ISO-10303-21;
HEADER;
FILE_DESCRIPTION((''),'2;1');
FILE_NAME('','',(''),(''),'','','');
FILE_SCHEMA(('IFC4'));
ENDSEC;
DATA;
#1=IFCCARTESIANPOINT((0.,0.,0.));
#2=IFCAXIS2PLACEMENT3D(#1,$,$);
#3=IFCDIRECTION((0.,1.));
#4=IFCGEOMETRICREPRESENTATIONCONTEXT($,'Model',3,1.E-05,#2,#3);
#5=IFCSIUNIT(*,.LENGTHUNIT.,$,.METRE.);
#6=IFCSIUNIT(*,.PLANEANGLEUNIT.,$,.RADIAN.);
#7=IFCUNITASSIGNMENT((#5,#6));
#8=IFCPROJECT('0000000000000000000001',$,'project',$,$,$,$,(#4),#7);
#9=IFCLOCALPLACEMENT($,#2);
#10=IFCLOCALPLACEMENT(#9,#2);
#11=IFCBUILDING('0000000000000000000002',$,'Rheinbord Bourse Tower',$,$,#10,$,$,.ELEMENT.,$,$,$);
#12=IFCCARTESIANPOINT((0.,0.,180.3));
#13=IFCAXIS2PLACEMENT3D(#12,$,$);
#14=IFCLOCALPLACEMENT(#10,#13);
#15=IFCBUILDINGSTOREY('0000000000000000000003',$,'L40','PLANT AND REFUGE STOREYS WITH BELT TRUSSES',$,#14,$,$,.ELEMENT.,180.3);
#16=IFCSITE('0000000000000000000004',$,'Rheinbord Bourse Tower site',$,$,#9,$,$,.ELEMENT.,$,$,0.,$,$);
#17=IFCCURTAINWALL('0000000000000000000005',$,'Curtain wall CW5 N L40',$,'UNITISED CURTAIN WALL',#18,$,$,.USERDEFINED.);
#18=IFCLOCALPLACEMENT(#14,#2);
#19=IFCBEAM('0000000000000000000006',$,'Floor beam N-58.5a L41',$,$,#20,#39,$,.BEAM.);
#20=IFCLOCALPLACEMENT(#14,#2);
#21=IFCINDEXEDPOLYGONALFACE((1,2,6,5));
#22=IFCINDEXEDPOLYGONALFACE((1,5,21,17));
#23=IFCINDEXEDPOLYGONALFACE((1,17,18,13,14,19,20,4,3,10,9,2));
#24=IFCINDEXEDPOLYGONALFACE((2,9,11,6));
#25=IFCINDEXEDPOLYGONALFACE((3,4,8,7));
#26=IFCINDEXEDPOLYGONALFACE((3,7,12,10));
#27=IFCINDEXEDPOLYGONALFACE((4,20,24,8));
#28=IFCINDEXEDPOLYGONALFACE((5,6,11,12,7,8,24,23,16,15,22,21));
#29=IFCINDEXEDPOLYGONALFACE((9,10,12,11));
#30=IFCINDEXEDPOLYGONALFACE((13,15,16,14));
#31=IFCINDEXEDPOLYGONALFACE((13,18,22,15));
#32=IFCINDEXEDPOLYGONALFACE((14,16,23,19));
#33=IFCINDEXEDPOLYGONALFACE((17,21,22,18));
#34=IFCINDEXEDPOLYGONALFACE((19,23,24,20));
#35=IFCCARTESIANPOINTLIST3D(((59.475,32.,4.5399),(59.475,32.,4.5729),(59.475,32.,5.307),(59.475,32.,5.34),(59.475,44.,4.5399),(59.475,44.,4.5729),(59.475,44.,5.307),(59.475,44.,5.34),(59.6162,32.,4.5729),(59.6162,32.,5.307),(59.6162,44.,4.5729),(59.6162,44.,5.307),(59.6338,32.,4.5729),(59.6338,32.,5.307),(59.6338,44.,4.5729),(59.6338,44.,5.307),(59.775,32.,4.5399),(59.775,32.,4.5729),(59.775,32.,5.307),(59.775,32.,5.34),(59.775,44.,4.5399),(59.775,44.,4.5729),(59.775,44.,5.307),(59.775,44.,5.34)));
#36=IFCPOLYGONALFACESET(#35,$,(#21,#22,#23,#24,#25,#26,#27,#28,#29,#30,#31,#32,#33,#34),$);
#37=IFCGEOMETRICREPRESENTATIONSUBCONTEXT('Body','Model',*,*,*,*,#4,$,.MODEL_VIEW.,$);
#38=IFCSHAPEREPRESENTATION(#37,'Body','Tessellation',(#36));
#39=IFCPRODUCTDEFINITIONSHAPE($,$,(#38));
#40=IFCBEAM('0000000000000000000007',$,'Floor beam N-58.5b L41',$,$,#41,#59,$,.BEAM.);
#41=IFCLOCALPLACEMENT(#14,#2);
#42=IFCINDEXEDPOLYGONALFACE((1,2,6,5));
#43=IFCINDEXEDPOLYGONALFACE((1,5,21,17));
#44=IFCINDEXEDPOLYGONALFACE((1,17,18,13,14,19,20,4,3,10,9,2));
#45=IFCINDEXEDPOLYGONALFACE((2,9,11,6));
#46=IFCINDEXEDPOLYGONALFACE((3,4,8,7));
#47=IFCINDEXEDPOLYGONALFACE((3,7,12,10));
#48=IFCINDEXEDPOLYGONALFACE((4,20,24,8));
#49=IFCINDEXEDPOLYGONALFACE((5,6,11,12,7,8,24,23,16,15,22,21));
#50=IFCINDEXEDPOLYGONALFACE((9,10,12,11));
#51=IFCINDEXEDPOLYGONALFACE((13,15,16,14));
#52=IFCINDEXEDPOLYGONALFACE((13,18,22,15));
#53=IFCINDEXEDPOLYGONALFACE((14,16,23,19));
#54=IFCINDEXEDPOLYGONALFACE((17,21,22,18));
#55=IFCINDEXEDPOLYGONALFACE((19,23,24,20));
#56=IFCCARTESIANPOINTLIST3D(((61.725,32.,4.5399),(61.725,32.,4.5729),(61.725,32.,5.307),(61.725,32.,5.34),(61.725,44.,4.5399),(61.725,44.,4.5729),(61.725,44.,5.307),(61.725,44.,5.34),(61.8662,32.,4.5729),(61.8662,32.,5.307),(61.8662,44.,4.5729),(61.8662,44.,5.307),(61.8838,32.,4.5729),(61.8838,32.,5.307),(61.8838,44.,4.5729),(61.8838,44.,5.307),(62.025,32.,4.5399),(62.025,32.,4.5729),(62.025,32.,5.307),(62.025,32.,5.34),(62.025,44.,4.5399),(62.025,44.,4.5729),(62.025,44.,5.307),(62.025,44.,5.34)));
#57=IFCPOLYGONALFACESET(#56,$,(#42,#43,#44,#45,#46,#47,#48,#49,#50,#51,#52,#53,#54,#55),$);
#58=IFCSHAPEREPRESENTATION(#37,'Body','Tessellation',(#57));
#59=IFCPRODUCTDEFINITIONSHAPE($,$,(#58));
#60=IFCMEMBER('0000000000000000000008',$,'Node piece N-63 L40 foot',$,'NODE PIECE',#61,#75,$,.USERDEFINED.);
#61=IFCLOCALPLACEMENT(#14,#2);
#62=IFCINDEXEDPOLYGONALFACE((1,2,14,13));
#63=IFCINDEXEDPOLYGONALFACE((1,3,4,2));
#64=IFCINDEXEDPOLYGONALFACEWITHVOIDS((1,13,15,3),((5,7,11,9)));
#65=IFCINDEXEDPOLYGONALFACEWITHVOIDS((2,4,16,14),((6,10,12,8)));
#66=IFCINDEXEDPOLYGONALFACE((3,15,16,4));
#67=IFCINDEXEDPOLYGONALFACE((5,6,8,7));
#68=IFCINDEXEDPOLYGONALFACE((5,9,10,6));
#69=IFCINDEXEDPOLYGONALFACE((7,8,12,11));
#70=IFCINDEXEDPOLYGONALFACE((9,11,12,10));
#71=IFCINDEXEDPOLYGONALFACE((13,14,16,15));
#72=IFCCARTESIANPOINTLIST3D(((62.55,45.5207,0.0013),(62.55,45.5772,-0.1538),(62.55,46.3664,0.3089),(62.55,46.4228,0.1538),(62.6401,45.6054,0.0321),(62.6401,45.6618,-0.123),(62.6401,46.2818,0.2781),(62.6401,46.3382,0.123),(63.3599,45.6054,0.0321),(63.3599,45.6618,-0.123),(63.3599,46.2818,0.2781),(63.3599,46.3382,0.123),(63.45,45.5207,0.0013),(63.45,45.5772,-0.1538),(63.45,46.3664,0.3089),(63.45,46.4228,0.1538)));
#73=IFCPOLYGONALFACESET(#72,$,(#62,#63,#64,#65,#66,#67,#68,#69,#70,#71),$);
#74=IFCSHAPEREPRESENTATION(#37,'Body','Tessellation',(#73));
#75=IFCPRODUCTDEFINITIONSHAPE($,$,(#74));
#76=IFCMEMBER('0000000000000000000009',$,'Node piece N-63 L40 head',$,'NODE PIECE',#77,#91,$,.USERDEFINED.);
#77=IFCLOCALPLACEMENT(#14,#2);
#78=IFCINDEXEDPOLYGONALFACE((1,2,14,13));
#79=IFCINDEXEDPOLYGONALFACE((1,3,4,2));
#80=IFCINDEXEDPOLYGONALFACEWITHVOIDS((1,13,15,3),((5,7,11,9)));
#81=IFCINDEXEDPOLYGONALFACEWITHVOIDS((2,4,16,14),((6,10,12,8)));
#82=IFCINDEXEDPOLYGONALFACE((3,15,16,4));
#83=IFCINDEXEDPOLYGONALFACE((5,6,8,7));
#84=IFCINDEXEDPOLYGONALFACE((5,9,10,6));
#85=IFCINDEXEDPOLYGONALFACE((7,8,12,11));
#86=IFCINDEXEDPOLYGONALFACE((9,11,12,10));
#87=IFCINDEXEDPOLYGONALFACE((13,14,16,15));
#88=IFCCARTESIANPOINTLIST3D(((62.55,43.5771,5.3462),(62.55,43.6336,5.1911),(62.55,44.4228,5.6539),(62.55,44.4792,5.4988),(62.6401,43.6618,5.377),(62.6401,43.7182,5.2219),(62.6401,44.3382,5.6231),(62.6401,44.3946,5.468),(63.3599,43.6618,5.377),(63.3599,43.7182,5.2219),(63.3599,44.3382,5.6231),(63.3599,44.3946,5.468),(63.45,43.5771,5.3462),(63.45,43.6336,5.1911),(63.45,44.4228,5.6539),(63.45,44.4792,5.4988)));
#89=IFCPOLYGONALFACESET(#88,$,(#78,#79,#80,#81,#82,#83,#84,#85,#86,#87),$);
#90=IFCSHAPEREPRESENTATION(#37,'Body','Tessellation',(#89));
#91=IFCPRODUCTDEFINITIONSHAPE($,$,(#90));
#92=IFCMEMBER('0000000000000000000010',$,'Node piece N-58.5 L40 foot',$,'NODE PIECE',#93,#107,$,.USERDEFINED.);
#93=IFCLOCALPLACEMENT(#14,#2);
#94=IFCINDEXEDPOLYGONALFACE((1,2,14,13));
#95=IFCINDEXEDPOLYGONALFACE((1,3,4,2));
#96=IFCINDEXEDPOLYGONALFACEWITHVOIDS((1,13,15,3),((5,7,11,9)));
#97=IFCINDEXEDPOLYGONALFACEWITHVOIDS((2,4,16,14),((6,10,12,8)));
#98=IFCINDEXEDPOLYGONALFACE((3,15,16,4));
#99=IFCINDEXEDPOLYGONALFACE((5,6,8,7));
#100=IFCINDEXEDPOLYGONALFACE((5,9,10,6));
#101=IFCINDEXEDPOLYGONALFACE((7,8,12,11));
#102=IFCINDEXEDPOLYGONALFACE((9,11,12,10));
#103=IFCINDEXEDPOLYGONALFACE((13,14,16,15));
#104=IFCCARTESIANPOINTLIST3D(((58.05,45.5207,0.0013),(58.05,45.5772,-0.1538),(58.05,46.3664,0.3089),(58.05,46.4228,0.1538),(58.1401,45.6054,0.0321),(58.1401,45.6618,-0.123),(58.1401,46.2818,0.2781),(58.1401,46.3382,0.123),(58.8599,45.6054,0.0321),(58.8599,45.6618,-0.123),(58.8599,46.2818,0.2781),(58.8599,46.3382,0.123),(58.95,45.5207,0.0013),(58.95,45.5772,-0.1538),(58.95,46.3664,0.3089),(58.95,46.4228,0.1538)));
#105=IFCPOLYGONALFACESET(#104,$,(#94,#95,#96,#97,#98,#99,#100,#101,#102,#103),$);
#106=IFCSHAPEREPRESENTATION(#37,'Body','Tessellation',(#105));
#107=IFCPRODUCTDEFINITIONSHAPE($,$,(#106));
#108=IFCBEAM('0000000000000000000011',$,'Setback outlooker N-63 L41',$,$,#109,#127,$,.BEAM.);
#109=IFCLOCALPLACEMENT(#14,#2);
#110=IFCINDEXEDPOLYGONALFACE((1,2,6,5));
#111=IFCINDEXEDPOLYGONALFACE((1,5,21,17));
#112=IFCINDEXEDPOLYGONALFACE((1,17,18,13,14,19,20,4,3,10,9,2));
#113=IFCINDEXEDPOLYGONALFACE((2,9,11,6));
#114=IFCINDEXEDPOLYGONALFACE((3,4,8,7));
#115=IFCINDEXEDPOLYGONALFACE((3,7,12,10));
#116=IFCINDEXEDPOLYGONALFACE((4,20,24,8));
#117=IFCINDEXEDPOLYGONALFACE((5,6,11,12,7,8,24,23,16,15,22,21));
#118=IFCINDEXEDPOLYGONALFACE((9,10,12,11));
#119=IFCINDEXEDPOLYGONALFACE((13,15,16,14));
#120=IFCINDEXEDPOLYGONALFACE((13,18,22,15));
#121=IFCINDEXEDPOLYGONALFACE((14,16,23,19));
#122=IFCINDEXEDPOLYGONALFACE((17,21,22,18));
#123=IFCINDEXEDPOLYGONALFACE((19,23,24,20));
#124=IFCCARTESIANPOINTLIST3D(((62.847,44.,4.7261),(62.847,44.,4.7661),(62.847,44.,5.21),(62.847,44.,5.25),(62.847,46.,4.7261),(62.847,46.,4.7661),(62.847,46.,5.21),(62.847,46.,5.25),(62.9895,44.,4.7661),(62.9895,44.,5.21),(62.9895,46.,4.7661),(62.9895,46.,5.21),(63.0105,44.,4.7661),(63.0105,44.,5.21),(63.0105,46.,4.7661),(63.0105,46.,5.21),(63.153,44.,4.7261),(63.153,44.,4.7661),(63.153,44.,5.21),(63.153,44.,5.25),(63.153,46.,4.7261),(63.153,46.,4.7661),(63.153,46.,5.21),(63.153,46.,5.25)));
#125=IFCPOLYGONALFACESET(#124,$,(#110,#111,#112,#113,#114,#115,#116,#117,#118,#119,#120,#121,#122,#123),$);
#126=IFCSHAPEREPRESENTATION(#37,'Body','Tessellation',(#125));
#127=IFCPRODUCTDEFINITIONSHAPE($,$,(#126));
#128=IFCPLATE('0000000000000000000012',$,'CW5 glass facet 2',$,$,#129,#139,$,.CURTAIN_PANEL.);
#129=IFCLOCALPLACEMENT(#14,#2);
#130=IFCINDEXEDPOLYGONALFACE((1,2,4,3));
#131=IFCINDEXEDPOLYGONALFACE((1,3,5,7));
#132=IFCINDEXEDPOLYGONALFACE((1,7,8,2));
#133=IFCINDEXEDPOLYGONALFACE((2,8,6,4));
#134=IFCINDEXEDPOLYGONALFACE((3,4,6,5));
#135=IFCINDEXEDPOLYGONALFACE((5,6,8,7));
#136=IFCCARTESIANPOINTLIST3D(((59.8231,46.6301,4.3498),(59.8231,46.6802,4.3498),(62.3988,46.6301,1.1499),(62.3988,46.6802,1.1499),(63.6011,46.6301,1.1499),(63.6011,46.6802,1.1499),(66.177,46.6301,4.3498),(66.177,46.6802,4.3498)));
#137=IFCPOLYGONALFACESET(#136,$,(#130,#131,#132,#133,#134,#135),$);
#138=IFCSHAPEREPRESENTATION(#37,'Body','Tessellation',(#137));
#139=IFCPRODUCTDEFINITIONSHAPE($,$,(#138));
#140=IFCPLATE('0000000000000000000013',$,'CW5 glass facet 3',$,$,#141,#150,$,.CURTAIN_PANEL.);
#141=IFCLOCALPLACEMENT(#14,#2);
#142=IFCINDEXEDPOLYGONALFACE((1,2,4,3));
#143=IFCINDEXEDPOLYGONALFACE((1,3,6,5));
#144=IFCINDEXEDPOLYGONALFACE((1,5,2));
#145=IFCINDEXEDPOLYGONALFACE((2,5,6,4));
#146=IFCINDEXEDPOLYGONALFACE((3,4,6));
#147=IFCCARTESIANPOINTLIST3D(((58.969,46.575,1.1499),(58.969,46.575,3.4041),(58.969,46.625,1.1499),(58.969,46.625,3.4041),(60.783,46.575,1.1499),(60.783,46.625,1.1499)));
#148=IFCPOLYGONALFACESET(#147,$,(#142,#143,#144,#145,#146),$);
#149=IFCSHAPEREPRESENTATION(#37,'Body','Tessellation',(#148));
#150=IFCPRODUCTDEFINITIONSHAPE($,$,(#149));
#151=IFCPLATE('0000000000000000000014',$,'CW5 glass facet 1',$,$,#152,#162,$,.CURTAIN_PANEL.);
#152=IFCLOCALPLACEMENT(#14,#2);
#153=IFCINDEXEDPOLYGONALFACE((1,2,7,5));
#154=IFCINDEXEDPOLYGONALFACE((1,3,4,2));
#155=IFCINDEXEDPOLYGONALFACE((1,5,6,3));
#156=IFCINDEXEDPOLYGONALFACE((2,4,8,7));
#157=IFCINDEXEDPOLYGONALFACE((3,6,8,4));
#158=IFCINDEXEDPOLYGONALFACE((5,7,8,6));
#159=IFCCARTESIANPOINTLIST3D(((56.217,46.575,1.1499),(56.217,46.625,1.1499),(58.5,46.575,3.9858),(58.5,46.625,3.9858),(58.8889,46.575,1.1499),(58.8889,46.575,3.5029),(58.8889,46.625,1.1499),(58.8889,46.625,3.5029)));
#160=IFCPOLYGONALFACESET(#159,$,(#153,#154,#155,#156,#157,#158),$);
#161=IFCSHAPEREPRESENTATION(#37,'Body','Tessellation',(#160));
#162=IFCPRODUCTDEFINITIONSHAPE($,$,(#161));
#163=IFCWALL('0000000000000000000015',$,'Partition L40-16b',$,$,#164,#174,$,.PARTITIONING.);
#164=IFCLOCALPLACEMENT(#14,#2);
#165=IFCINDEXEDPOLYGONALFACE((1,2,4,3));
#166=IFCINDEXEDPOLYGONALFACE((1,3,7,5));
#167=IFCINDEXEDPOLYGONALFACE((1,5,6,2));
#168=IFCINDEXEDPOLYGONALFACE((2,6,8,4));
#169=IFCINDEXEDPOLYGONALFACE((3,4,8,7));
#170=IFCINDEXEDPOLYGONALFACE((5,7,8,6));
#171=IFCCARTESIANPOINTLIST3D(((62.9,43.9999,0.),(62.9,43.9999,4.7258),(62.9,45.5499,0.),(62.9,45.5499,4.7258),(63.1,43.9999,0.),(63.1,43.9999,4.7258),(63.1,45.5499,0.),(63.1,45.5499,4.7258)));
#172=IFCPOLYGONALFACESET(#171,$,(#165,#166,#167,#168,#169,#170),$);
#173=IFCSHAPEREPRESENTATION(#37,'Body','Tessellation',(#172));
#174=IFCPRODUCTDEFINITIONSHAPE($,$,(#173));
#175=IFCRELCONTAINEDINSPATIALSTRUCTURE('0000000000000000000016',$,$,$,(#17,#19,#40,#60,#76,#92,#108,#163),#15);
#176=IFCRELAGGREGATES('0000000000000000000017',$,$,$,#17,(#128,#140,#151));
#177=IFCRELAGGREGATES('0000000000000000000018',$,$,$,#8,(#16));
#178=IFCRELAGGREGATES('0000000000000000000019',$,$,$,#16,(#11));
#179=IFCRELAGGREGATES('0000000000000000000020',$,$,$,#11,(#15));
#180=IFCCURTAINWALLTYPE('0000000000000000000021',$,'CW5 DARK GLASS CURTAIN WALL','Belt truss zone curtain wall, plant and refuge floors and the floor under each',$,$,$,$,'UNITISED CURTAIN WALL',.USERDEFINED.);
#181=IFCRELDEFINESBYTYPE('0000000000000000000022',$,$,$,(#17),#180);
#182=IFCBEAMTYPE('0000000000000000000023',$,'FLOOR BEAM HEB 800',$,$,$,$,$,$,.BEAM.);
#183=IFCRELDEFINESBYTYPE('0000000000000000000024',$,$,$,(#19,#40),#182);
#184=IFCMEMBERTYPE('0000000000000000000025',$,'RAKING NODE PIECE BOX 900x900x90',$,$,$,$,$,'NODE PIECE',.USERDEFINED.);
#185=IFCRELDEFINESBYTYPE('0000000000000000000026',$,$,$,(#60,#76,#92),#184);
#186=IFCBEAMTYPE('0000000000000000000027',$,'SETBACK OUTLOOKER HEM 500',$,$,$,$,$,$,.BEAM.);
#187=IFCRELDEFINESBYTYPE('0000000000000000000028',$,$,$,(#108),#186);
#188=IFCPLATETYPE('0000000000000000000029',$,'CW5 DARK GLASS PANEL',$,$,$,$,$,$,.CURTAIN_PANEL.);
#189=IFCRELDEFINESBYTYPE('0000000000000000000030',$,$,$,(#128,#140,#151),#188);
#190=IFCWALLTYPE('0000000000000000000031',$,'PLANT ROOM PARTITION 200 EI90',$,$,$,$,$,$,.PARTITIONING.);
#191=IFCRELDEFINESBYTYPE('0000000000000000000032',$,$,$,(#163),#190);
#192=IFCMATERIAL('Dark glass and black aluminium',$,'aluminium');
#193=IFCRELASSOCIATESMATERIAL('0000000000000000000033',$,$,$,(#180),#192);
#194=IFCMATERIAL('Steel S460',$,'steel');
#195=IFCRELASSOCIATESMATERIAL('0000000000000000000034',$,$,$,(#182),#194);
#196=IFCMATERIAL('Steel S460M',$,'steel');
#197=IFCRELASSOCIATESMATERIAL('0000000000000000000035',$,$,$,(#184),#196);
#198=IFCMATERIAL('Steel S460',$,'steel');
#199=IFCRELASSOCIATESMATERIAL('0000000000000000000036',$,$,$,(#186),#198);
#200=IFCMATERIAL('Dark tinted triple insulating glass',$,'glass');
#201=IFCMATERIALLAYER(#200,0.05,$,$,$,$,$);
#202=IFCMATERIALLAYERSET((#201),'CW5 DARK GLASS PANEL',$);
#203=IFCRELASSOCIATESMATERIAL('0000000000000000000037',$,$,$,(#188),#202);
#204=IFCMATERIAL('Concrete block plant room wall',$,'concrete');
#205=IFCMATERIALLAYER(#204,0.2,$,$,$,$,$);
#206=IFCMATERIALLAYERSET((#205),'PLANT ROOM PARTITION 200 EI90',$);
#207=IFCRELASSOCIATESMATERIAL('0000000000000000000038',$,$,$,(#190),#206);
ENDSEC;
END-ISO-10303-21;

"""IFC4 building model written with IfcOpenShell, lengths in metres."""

from ifc_helpers import new_model, si_unit, direction, frame, frame_2d, origin, origin_2d, place, context, subcontext, project, spatial, polyline, rectangle, hollow_rectangle, i_section, outline, extrude, material, layer, layer_set, material_profile, profile_set, type_object, element, aggregate, save


model = new_model("IFC4")

# Units and contexts
model_context = context("Model", 3, precision=1e-05, world=origin(), true_north=direction((0.0, 1.0)))
body_context = subcontext(model_context, "Body", "Model", "MODEL_VIEW")
ifc_project = project(units=[si_unit("LENGTHUNIT", "METRE"), si_unit("PLANEANGLEUNIT", "RADIAN")], contexts=[model_context])

# Site, building, storey
site_placement = place(None, origin())
site = spatial("IfcSite", under=ifc_project, at=site_placement, Name="Rheinbord Bourse Tower site", CompositionType="ELEMENT", RefElevation=0.0)
building_placement = place(site_placement, origin())
building = spatial("IfcBuilding", under=site, at=building_placement, Name="Rheinbord Bourse Tower", CompositionType="ELEMENT")
storey_placement = place(building_placement, frame((0.0, 0.0, 180.3)))
storey = spatial("IfcBuildingStorey", under=building, at=storey_placement, Name="L40", Description="PLANT AND REFUGE STOREYS WITH BELT TRUSSES", CompositionType="ELEMENT", Elevation=180.3)

# Curtain wall
ifc_material_1 = material(Name="Dark glass and black aluminium", Category="aluminium")
curtain_wall_type = type_object("IfcCurtainWallType", Name="CW5 DARK GLASS CURTAIN WALL", Description="Belt truss zone curtain wall, plant and refuge floors and the floor under each", ElementType="UNITISED CURTAIN WALL", PredefinedType="USERDEFINED", material=ifc_material_1)
curtain_wall_placement = place(storey_placement, origin())
curtain_wall = element("IfcCurtainWall", 1, at=curtain_wall_placement, inside=storey, type_object=curtain_wall_type, Name="Curtain wall CW5 N L40", ObjectType="UNITISED CURTAIN WALL", PredefinedType="USERDEFINED")

# Beams
ifc_material_2 = material(Name="Steel S460", Category="steel")
ifc_material_profile_1 = material_profile(ifc_material_2, i_section(OverallWidth=0.3, OverallDepth=0.8, WebThickness=0.0176, FlangeThickness=0.033, at=origin_2d()), Name="HEB 800")
ifc_profile_set_1 = profile_set([ifc_material_profile_1], Name="Steel S460")
beam_type_1 = type_object("IfcBeamType", Name="FLOOR BEAM HEB 800", PredefinedType="BEAM", material=ifc_profile_set_1)
for number, where, z_axis, x_axis, name in (
    (2, (59.625, 44.0, 4.9399), (0.0, -1.0, 0.0), (1.0, 0.0, 0.0), "Floor beam N-58.5a L41"),
    (3, (61.875, 44.0, 4.9399), (0.0, -1.0, 0.0), (1.0, 0.0, 0.0), "Floor beam N-58.5b L41"),
):
    element("IfcBeam", number, at=place(storey_placement, frame(where, z_axis=z_axis, x_axis=x_axis)), inside=storey, type_object=beam_type_1, Name=name, PredefinedType="BEAM", context=body_context, shape_type="SweptSolid", body=[
        extrude(i_section(OverallWidth=0.3, OverallDepth=0.8, WebThickness=0.0176, FlangeThickness=0.033, at=origin_2d()), origin(), (0.0, 0.0, 1.0), 12.0),
    ])

# Members
ifc_material_3 = material(Name="Steel S460M", Category="steel")
ifc_material_profile_2 = material_profile(ifc_material_3, hollow_rectangle(XDim=0.8999, YDim=0.8999, WallThickness=0.0901, at=origin_2d()), Name="BOX 900x900x90")
ifc_profile_set_2 = profile_set([ifc_material_profile_2], Name="Steel S460M")
member_type_1 = type_object("IfcMemberType", Name="RAKING NODE PIECE BOX 900x900x90", ElementType="NODE PIECE", PredefinedType="USERDEFINED", material=ifc_profile_set_2)
for number, where, z_axis, x_axis, name in (
    (4, (63.0, 46.0, 0.0), (0.0, -0.341862, 0.93975), (0.0, 0.93975, 0.341862), "Node piece N-63 L40 foot"),
    (5, (63.0, 44.0564, 5.345), (0.0, -0.341862, 0.93975), (0.0, 0.93975, 0.341862), "Node piece N-63 L40 head"),
    (6, (58.5, 46.0, 0.0), (0.0, -0.341862, 0.93975), (0.0, 0.93975, 0.341862), "Node piece N-58.5 L40 foot"),
):
    element("IfcMember", number, at=place(storey_placement, frame(where, z_axis=z_axis, x_axis=x_axis)), inside=storey, type_object=member_type_1, Name=name, ObjectType="NODE PIECE", PredefinedType="USERDEFINED", context=body_context, shape_type="SweptSolid", body=[
        extrude(hollow_rectangle(XDim=0.8999, YDim=0.8999, WallThickness=0.0901, at=origin_2d()), origin(), (0.0, 0.0, 1.0), 0.165),
    ])

# Beam
ifc_material_4 = material(Name="Steel S460", Category="steel")
ifc_material_profile_3 = material_profile(ifc_material_4, i_section(OverallWidth=0.3059, OverallDepth=0.5239, WebThickness=0.021, FlangeThickness=0.04, at=origin_2d()), Name="HEM 500")
ifc_profile_set_3 = profile_set([ifc_material_profile_3], Name="Steel S460")
beam_type_2 = type_object("IfcBeamType", Name="SETBACK OUTLOOKER HEM 500", PredefinedType="BEAM", material=ifc_profile_set_3)
beam_1_placement = place(storey_placement, frame((63.0, 44.0, 4.988), z_axis=(0.0, 1.0, 0.0), x_axis=(-1.0, 0.0, 0.0)))
element("IfcBeam", 7, at=beam_1_placement, inside=storey, type_object=beam_type_2, Name="Setback outlooker N-63 L41", PredefinedType="BEAM", context=body_context, shape_type="SweptSolid", body=[
    extrude(i_section(OverallWidth=0.3059, OverallDepth=0.5239, WebThickness=0.021, FlangeThickness=0.04, at=origin_2d()), origin(), (0.0, 0.0, 1.0), 2.0),
])

# Plates
ifc_material_5 = material(Name="Dark tinted triple insulating glass", Category="glass")
ifc_layer_1 = layer(ifc_material_5, 0.05)
ifc_layer_set_1 = layer_set([ifc_layer_1], Name="CW5 DARK GLASS PANEL")
plate_type = type_object("IfcPlateType", Name="CW5 DARK GLASS PANEL", PredefinedType="CURTAIN_PANEL", material=ifc_layer_set_1)
plate_1_placement = place(storey_placement, frame((63.6011, 46.6802, 1.1499), z_axis=(0.0, -1.0, 0.0), x_axis=(0.627062, 0.0, 0.778969)))
plate_1 = element("IfcPlate", 8, at=plate_1_placement, type_object=plate_type, Name="CW5 glass facet 2", PredefinedType="CURTAIN_PANEL", context=body_context, shape_type="SweptSolid", body=[
    extrude(outline(polyline([(0.0, 0.0), (4.1079, 0.0), (0.1235, 4.9495), (-0.7539, 0.9365), (0.0, 0.0)])), origin(), (0.0, 0.0, 1.0), 0.05),
])
plate_2_placement = place(storey_placement, frame((58.969, 46.625, 1.1499), z_axis=(0.0, -1.0, 0.0), x_axis=(1.0, 0.0, 0.0)))
plate_2 = element("IfcPlate", 9, at=plate_2_placement, type_object=plate_type, Name="CW5 glass facet 3", PredefinedType="CURTAIN_PANEL", context=body_context, shape_type="SweptSolid", body=[
    extrude(outline(polyline([(0.0, 0.0), (1.814, 0.0), (0.0, 2.2542), (0.0, 0.0)])), origin(), (0.0, 0.0, 1.0), 0.05),
])
plate_3_placement = place(storey_placement, frame((58.8889, 46.625, 1.1499), z_axis=(0.0, -1.0, 0.0), x_axis=(0.0, 0.0, 1.0)))
plate_3 = element("IfcPlate", 10, at=plate_3_placement, type_object=plate_type, Name="CW5 glass facet 1", PredefinedType="CURTAIN_PANEL", context=body_context, shape_type="SweptSolid", body=[
    extrude(outline(polyline([(0.0, 0.0), (2.353, 0.0), (2.8359, 0.3889), (0.0, 2.6719), (0.0, 0.0)])), origin(), (0.0, 0.0, 1.0), 0.05),
])
aggregate(curtain_wall, [plate_1, plate_2, plate_3])

# Wall
ifc_material_6 = material(Name="Concrete block plant room wall", Category="concrete")
ifc_layer_2 = layer(ifc_material_6, 0.2)
ifc_layer_set_2 = layer_set([ifc_layer_2], Name="PLANT ROOM PARTITION 200 EI90")
wall_type = type_object("IfcWallType", Name="PLANT ROOM PARTITION 200 EI90", PredefinedType="PARTITIONING", material=ifc_layer_set_2)
wall_placement = place(storey_placement, frame((63.0, 44.0, 0.0), z_axis=(0.0, 0.0, 1.0), x_axis=(0.0, 1.0, 0.0)))
element("IfcWall", 11, at=wall_placement, inside=storey, type_object=wall_type, Name="Partition L40-16b", PredefinedType="PARTITIONING", context=body_context, shape_type="SweptSolid", body=[
    extrude(rectangle(XDim=1.55, YDim=0.2, at=frame_2d((0.7749, 0.0))), origin(), (0.0, 0.0, 1.0), 4.7258),
])

save(model, "model.ifc")
